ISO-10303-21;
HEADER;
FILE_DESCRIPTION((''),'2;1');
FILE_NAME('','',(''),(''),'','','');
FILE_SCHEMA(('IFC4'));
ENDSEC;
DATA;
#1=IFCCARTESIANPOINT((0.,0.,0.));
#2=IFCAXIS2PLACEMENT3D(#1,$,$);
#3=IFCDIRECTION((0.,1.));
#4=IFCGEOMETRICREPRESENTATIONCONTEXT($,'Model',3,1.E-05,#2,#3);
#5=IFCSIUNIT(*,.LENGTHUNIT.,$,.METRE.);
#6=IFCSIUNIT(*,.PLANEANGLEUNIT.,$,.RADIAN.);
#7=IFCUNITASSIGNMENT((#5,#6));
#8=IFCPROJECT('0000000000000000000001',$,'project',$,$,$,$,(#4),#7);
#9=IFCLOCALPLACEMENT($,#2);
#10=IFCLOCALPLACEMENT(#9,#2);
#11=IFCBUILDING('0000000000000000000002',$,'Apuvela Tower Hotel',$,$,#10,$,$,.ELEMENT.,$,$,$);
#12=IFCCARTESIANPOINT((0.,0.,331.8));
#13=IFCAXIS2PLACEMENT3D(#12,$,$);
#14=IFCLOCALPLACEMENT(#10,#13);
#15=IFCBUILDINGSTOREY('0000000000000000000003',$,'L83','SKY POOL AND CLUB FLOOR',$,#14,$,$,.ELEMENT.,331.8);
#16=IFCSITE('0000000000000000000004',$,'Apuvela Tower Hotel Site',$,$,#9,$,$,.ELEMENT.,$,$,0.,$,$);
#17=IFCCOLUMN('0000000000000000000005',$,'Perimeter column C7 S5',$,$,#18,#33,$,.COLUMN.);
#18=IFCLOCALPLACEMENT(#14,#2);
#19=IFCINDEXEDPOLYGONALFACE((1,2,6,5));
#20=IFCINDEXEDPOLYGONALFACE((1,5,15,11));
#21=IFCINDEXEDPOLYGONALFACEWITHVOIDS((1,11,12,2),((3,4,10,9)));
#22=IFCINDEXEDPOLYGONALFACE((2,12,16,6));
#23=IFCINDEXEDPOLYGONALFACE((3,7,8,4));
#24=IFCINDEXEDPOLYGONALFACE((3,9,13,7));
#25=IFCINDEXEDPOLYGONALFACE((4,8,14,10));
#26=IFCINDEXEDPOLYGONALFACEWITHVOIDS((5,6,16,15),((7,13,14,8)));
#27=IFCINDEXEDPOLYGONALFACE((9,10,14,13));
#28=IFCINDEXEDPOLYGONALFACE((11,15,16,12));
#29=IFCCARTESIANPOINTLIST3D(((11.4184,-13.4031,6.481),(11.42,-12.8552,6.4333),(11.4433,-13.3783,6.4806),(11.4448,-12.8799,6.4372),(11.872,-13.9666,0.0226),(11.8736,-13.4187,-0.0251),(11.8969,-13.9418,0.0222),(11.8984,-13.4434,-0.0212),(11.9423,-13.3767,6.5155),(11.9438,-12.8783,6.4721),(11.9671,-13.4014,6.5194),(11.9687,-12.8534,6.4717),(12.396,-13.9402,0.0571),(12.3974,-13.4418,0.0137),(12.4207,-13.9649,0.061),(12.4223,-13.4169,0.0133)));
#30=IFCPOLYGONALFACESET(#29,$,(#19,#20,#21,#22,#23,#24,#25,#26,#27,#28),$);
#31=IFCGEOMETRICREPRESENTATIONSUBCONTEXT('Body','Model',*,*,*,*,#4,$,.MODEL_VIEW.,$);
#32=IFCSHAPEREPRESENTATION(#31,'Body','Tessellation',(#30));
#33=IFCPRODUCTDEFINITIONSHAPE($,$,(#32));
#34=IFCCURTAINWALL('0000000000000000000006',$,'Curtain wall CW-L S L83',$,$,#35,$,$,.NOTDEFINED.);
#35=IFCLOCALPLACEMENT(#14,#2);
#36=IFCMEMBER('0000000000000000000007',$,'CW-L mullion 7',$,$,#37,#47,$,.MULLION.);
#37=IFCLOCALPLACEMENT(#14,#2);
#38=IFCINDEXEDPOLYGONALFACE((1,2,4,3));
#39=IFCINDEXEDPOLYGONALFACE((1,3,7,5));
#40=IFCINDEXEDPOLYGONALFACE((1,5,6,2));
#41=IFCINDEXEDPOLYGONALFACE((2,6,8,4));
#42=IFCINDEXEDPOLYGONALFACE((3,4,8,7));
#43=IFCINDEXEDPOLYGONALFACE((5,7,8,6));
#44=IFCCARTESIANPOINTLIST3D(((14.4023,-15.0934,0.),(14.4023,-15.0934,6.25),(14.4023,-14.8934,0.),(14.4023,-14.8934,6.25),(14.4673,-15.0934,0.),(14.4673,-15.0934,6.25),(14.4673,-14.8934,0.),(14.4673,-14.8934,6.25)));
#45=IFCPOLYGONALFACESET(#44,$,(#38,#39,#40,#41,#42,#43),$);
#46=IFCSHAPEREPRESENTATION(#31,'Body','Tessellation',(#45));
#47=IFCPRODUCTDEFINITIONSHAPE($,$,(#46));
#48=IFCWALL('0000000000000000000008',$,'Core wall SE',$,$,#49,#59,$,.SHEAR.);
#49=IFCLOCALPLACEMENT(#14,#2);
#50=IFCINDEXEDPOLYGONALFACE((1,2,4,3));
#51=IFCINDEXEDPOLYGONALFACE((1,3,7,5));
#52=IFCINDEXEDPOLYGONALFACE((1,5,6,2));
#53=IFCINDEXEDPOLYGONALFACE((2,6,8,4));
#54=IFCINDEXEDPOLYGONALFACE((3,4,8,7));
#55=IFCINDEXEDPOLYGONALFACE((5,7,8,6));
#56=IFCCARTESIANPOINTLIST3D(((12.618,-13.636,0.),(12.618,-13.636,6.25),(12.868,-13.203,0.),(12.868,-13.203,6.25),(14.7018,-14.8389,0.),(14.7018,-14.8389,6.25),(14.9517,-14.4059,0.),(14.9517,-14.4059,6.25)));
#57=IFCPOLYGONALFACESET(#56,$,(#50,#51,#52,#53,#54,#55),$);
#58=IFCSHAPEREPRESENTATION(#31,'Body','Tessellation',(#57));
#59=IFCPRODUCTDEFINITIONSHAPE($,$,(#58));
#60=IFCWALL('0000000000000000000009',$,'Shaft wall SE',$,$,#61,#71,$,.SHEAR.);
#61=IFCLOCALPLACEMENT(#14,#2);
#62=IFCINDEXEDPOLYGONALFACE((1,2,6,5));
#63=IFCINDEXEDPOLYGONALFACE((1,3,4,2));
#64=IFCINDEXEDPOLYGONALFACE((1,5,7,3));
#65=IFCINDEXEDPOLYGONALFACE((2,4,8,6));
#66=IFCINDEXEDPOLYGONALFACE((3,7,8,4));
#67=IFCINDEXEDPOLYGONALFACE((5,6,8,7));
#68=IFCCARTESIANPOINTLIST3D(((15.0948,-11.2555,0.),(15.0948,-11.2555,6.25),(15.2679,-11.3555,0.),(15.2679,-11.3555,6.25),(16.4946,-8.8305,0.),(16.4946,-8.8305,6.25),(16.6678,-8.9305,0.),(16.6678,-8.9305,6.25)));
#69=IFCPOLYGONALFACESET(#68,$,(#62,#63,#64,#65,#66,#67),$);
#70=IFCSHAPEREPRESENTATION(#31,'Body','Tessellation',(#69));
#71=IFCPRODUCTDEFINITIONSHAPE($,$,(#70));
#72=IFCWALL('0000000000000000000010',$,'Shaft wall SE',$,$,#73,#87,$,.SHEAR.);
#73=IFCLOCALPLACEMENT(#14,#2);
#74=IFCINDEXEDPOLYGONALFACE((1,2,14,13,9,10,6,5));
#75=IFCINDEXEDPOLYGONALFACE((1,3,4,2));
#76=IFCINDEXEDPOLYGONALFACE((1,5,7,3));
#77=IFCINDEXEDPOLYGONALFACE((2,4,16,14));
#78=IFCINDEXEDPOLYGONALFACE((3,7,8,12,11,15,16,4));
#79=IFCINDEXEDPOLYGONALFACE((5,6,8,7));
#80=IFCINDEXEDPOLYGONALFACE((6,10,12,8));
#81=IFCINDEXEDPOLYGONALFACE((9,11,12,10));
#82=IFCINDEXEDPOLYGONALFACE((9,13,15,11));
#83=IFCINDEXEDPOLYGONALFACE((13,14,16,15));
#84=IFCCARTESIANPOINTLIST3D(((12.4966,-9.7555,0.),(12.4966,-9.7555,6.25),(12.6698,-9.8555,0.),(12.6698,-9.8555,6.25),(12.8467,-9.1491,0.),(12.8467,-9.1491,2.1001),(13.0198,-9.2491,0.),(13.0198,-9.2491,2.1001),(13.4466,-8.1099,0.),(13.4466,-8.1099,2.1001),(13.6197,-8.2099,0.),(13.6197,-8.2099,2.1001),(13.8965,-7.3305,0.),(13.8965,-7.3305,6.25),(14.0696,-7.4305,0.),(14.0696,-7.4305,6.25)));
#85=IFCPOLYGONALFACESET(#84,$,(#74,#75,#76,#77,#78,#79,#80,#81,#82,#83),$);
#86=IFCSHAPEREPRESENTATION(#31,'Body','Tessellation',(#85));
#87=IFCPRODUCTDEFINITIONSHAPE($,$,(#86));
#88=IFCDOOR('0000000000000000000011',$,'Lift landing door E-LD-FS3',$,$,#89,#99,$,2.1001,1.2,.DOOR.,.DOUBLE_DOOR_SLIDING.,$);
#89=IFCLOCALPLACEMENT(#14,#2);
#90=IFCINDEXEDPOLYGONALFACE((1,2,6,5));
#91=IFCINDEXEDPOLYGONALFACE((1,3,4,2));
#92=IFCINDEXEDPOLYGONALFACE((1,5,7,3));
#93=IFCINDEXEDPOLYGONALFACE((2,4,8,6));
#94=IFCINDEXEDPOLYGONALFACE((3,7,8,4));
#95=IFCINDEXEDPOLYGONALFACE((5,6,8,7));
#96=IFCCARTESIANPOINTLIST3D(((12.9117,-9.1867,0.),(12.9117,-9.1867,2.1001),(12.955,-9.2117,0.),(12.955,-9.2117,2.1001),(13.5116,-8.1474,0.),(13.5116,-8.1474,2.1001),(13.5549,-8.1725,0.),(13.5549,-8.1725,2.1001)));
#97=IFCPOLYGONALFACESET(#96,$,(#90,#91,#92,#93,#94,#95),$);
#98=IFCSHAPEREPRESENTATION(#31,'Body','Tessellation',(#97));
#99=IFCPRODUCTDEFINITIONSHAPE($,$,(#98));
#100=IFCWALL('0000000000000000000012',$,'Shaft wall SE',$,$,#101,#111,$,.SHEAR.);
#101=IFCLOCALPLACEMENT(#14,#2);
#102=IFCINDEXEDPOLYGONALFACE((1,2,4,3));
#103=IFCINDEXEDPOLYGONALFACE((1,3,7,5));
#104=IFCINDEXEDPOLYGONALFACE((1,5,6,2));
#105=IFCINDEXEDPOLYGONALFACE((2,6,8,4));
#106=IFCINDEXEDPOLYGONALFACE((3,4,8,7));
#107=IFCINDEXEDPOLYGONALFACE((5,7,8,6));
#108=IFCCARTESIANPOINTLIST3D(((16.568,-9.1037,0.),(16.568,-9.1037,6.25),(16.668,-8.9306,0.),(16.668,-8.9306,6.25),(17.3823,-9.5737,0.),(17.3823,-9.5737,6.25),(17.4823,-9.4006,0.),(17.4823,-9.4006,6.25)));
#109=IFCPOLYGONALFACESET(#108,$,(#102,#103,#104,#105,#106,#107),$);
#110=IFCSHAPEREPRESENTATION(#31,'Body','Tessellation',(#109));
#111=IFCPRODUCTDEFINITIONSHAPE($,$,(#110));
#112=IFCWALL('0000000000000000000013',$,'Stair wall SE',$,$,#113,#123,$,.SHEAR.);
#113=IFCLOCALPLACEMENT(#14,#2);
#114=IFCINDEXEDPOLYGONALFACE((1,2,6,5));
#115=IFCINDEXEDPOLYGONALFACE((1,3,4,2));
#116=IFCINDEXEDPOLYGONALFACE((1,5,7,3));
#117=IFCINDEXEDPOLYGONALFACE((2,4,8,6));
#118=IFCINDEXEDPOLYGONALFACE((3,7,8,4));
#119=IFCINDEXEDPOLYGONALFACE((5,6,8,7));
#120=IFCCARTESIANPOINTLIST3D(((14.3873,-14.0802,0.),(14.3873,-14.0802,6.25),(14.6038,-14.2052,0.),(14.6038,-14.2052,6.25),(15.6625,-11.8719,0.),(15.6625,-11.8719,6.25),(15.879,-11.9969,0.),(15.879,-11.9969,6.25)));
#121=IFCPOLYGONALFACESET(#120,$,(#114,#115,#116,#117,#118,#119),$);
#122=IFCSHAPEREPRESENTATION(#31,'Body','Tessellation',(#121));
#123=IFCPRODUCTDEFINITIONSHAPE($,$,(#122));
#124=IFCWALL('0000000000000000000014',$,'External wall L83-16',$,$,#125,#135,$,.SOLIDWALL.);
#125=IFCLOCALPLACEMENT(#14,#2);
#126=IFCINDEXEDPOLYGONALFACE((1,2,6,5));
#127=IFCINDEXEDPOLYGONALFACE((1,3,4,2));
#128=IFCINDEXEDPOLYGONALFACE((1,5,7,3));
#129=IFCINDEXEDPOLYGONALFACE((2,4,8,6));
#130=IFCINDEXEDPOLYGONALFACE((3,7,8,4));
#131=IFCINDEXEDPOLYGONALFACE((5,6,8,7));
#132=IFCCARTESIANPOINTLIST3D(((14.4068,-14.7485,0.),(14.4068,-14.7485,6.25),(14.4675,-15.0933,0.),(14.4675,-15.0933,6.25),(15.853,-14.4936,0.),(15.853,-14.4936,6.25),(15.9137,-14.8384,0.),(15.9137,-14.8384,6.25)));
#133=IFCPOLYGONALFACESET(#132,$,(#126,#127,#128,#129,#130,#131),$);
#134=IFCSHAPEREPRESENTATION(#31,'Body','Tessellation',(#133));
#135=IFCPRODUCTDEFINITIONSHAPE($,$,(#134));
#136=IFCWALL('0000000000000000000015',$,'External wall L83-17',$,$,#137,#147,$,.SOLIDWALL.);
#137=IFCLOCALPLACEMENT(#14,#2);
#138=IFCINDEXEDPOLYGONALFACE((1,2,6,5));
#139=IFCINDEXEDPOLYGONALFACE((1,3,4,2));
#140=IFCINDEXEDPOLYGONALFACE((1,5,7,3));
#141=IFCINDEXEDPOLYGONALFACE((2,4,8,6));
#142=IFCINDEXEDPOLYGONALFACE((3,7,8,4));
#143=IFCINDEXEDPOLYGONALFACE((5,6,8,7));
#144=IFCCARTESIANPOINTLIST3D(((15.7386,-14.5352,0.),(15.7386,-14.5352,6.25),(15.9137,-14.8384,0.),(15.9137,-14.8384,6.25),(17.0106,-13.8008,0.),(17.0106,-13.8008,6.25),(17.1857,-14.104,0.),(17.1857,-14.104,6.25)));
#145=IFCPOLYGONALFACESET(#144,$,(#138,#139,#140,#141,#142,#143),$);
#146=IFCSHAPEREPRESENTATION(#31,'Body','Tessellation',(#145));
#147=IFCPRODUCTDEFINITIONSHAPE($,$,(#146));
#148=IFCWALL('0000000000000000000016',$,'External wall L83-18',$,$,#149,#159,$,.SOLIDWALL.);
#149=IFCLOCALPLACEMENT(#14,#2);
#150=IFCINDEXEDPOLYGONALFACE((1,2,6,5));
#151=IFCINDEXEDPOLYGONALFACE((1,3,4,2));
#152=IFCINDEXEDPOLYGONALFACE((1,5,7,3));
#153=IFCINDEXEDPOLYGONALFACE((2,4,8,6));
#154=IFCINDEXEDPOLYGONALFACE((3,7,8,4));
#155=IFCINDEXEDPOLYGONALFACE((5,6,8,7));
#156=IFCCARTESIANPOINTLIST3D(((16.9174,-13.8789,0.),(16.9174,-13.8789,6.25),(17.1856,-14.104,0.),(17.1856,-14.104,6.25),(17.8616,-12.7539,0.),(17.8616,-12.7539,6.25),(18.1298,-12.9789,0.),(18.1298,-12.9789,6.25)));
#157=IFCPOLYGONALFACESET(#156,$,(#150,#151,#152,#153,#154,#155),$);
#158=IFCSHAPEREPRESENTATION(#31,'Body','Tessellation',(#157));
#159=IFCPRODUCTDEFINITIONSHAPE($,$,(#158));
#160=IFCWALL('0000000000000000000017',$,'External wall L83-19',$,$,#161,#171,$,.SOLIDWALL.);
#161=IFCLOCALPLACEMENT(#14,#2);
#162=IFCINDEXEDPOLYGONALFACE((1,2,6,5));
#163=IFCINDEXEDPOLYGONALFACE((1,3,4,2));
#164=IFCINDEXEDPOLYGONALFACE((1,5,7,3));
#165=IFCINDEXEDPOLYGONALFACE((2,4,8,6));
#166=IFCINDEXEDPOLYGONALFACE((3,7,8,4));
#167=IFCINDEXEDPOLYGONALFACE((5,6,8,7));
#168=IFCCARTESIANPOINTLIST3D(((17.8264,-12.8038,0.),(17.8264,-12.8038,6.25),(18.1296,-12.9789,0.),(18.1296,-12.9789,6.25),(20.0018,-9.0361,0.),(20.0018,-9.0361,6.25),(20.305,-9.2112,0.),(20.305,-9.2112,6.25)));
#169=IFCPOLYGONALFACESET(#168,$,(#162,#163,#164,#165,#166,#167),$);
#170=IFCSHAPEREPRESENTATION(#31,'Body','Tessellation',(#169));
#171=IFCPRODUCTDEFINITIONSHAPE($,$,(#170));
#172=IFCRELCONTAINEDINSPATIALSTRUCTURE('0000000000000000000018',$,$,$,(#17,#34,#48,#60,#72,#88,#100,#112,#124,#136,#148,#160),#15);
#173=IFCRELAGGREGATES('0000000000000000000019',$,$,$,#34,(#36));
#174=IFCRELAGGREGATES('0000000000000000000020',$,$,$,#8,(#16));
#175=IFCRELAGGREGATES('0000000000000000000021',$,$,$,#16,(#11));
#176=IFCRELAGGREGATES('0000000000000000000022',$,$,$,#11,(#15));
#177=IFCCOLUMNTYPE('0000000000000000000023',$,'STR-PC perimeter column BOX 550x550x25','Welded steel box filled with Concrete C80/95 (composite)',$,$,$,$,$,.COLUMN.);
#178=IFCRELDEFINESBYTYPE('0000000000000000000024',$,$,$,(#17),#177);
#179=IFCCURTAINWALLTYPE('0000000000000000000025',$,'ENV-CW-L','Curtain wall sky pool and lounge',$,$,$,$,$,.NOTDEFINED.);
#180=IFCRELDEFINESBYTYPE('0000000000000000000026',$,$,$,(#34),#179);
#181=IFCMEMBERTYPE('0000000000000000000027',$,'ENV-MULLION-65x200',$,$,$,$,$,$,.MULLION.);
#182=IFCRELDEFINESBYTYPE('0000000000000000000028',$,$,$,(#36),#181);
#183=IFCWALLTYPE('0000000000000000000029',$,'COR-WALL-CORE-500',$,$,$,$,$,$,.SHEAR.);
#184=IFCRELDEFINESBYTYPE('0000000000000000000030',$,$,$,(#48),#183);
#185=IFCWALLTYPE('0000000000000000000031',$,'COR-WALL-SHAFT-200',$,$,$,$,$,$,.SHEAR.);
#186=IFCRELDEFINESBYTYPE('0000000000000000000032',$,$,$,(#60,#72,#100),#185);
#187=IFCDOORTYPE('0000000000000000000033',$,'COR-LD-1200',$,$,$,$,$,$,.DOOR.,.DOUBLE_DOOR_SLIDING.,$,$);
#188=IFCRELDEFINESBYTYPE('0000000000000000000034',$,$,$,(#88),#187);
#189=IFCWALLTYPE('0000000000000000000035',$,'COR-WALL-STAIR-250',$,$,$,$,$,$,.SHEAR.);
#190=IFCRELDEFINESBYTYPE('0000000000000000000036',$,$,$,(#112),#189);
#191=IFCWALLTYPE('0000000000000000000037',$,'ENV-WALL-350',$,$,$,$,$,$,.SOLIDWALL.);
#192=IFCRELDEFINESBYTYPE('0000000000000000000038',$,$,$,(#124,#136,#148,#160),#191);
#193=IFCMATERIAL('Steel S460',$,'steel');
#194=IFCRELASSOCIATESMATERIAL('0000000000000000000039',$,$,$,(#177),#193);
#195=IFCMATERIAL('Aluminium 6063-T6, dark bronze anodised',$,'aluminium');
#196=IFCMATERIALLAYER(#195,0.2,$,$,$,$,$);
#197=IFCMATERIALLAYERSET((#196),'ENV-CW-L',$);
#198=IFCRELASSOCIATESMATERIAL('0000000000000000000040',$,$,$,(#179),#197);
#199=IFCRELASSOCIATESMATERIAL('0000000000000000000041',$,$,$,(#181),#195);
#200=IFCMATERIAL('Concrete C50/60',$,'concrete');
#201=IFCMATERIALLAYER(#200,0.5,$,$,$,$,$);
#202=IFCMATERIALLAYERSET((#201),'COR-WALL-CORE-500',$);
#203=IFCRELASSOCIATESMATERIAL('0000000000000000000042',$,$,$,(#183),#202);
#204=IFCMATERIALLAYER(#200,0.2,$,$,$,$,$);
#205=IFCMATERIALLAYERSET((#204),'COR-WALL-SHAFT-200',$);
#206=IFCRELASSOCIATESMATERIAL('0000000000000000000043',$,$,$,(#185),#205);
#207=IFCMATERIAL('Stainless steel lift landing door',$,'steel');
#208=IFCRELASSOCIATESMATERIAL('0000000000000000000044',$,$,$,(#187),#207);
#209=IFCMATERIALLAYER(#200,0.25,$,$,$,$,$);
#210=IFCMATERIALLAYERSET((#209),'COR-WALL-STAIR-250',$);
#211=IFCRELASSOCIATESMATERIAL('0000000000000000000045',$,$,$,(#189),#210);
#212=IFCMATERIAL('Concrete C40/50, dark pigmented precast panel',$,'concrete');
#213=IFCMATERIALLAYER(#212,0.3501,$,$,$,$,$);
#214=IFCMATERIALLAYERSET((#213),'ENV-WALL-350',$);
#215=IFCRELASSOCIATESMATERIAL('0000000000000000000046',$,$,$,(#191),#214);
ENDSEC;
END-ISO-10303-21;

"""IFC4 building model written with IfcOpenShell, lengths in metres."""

from ifc_helpers import new_model, si_unit, direction, frame, frame_2d, origin, origin_2d, place, context, subcontext, project, spatial, rectangle, hollow_rectangle, extrude, boolean, halfspace, material, layer, layer_set, material_profile, profile_set, type_object, element, fill, aggregate, save


model = new_model("IFC4")

# Units and contexts
model_context = context("Model", 3, precision=1e-05, world=origin(), true_north=direction((0.0, 1.0)))
body_context = subcontext(model_context, "Body", "Model", "MODEL_VIEW")
ifc_project = project(units=[si_unit("LENGTHUNIT", "METRE"), si_unit("PLANEANGLEUNIT", "RADIAN")], contexts=[model_context])

# Site, building, storey
site_placement = place(None, origin())
site = spatial("IfcSite", under=ifc_project, at=site_placement, Name="Apuvela Tower Hotel Site", CompositionType="ELEMENT", RefElevation=0.0)
building_placement = place(site_placement, origin())
building = spatial("IfcBuilding", under=site, at=building_placement, Name="Apuvela Tower Hotel", CompositionType="ELEMENT")
storey_placement = place(building_placement, frame((0.0, 0.0, 331.8)))
storey = spatial("IfcBuildingStorey", under=building, at=storey_placement, Name="L83", Description="SKY POOL AND CLUB FLOOR", CompositionType="ELEMENT", Elevation=331.8)

# Column
ifc_material_1 = material(Name="Steel S460", Category="steel")
ifc_material_2 = material(Name="Concrete C80/95", Category="concrete")
ifc_material_profile_1 = material_profile(ifc_material_1, hollow_rectangle(XDim=0.55, YDim=0.55, WallThickness=0.0249, at=origin_2d()), Name="BOX 550x550x25")
ifc_material_profile_2 = material_profile(ifc_material_2, rectangle(XDim=0.5, YDim=0.5, at=origin_2d()), Name="Concrete C80/95 infill")
ifc_profile_set_1 = profile_set([ifc_material_profile_1, ifc_material_profile_2], Name="Steel S460")
column_type_1 = type_object("IfcColumnType", Name="STR-PC perimeter column BOX 550x550x25", Description="Welded steel box filled with Concrete C80/95 (composite)", PredefinedType="COLUMN", material=ifc_profile_set_1)
column_1_placement = place(storey_placement, frame((12.1484, -13.6934, 0.0), z_axis=(-0.069801, 0.08671, 0.993785), x_axis=(0.997557, 0.003155, 0.069791)))
element("IfcColumn", 1, at=column_1_placement, inside=storey, type_object=column_type_1, Name="Perimeter column C7 S5", PredefinedType="COLUMN", context=body_context, shape_type="SweptSolid", body=[
    boolean("DIFFERENCE", boolean("DIFFERENCE", extrude(hollow_rectangle(XDim=0.55, YDim=0.55, WallThickness=0.0249, at=origin_2d()), origin(), (0.0, 0.0, 1.0), 6.5405), halfspace(frame((0.0, 0.0, 0.0181), z_axis=(0.0, 0.0, 1.0), x_axis=(1.0, 0.0, 0.0)), True)), halfspace(frame((0.0, 0.0, 6.5168), z_axis=(0.0, 0.0, 1.0), x_axis=(1.0, 0.0, 0.0)), False)),
])

# Curtain wall, member
ifc_material_3 = material(Name="Aluminium 6063-T6, dark bronze anodised", Category="aluminium")
ifc_layer_1 = layer(ifc_material_3, 0.2)
ifc_layer_set_1 = layer_set([ifc_layer_1], Name="ENV-CW-L")
curtain_wall_type = type_object("IfcCurtainWallType", Name="ENV-CW-L", Description="Curtain wall sky pool and lounge", PredefinedType="NOTDEFINED", material=ifc_layer_set_1)
curtain_wall_placement = place(storey_placement, origin())
curtain_wall = element("IfcCurtainWall", 2, at=curtain_wall_placement, inside=storey, type_object=curtain_wall_type, Name="Curtain wall CW-L S L83", PredefinedType="NOTDEFINED")
ifc_material_profile_3 = material_profile(ifc_material_3, rectangle(XDim=0.2, YDim=0.0649, at=origin_2d()), Name="AL 65x200")
ifc_profile_set_2 = profile_set([ifc_material_profile_3], Name="Aluminium 6063-T6, dark bronze anodised")
member_type = type_object("IfcMemberType", Name="ENV-MULLION-65x200", PredefinedType="MULLION", material=ifc_profile_set_2)
member_placement = place(storey_placement, frame((14.4348, -14.9934, 0.0), z_axis=(0.0, 0.0, 1.0), x_axis=(0.0, 1.0, 0.0)))
member = element("IfcMember", 3, at=member_placement, type_object=member_type, Name="CW-L mullion 7", PredefinedType="MULLION", context=body_context, shape_type="SweptSolid", body=[
    extrude(rectangle(XDim=0.2, YDim=0.0649, at=origin_2d()), origin(), (0.0, 0.0, 1.0), 6.25),
])
aggregate(curtain_wall, [member])

# Walls
ifc_material_4 = material(Name="Concrete C50/60", Category="concrete")
ifc_layer_2 = layer(ifc_material_4, 0.5)
ifc_layer_set_2 = layer_set([ifc_layer_2], Name="COR-WALL-CORE-500")
wall_type_1 = type_object("IfcWallType", Name="COR-WALL-CORE-500", PredefinedType="SHEAR", material=ifc_layer_set_2)
wall_1_placement = place(storey_placement, frame((12.7429, -13.4194, 0.0), z_axis=(0.0, 0.0, 1.0), x_axis=(0.866055, -0.499948, 0.0)))
element("IfcWall", 4, at=wall_1_placement, inside=storey, type_object=wall_type_1, Name="Core wall SE", PredefinedType="SHEAR", context=body_context, shape_type="SweptSolid", body=[
    extrude(rectangle(XDim=2.406, YDim=0.5, at=frame_2d((1.2031, 0.0))), origin(), (0.0, 0.0, 1.0), 6.25),
])
ifc_layer_3 = layer(ifc_material_4, 0.2)
ifc_layer_set_3 = layer_set([ifc_layer_3], Name="COR-WALL-SHAFT-200")
wall_type_2 = type_object("IfcWallType", Name="COR-WALL-SHAFT-200", PredefinedType="SHEAR", material=ifc_layer_set_3)
wall_2_placement = place(storey_placement, frame((15.1814, -11.3054, 0.0), z_axis=(0.0, 0.0, 1.0), x_axis=(0.499946, 0.866056, 0.0)))
element("IfcWall", 5, at=wall_2_placement, inside=storey, type_object=wall_type_2, Name="Shaft wall SE", PredefinedType="SHEAR", context=body_context, shape_type="SweptSolid", body=[
    extrude(rectangle(XDim=2.8, YDim=0.2, at=frame_2d((1.3999, 0.0))), origin(), (0.0, 0.0, 1.0), 6.25),
])

# Wall, opening, door
wall_3_placement = place(storey_placement, frame((12.5833, -9.8054, 0.0), z_axis=(0.0, 0.0, 1.0), x_axis=(0.499946, 0.866056, 0.0)))
wall_3 = element("IfcWall", 6, at=wall_3_placement, inside=storey, type_object=wall_type_2, Name="Shaft wall SE", PredefinedType="SHEAR", context=body_context, shape_type="SweptSolid", body=[
    extrude(rectangle(XDim=2.8, YDim=0.2, at=frame_2d((1.3999, 0.0))), origin(), (0.0, 0.0, 1.0), 6.25),
])
opening_placement = place(wall_3_placement, frame((0.7, 0.0, 0.0)))
opening = element("IfcOpeningElement", 7, at=opening_placement, cuts=wall_3, PredefinedType="OPENING", context=body_context, shape_type="SweptSolid", body=[
    extrude(rectangle(XDim=1.2, YDim=2.1001, at=frame_2d((0.6001, 1.05))), frame((0.0, 0.1099, 0.0), z_axis=(0.0, -1.0, 0.0), x_axis=(1.0, 0.0, 0.0)), (0.0, 0.0, 1.0), 0.22),
])
ifc_material_5 = material(Name="Stainless steel lift landing door", Category="steel")
door_type = type_object("IfcDoorType", Name="COR-LD-1200", OperationType="DOUBLE_DOOR_SLIDING", PredefinedType="DOOR", material=ifc_material_5)
door_placement = place(opening_placement, origin())
door = element("IfcDoor", 8, at=door_placement, inside=storey, type_object=door_type, Name="Lift landing door E-LD-FS3", OperationType="DOUBLE_DOOR_SLIDING", OverallHeight=2.1001, OverallWidth=1.2, PredefinedType="DOOR", context=body_context, shape_type="SweptSolid", body=[
    extrude(rectangle(XDim=1.2, YDim=2.1001, at=frame_2d((0.6001, 1.05))), frame((0.0, 0.0249, 0.0), z_axis=(0.0, -1.0, 0.0), x_axis=(1.0, 0.0, 0.0)), (0.0, 0.0, 1.0), 0.05),
])
fill(opening, door)

# Walls
wall_4_placement = place(storey_placement, frame((16.6179, -9.0171, 0.0), z_axis=(0.0, 0.0, 1.0), x_axis=(0.866077, -0.49991, 0.0)))
element("IfcWall", 9, at=wall_4_placement, inside=storey, type_object=wall_type_2, Name="Shaft wall SE", PredefinedType="SHEAR", context=body_context, shape_type="SweptSolid", body=[
    extrude(rectangle(XDim=0.9402, YDim=0.2, at=frame_2d((0.4702, 0.0))), origin(), (0.0, 0.0, 1.0), 6.25),
])
ifc_layer_4 = layer(ifc_material_4, 0.25)
ifc_layer_set_4 = layer_set([ifc_layer_4], Name="COR-WALL-STAIR-250")
wall_type_3 = type_object("IfcWallType", Name="COR-WALL-STAIR-250", PredefinedType="SHEAR", material=ifc_layer_set_4)
wall_5_placement = place(storey_placement, frame((14.4956, -14.1426, 0.0), z_axis=(0.0, 0.0, 1.0), x_axis=(0.500062, 0.865989, 0.0)))
element("IfcWall", 10, at=wall_5_placement, inside=storey, type_object=wall_type_3, Name="Stair wall SE", PredefinedType="SHEAR", context=body_context, shape_type="SweptSolid", body=[
    extrude(rectangle(XDim=2.55, YDim=0.25, at=frame_2d((1.2749, 0.0))), origin(), (0.0, 0.0, 1.0), 6.25),
])
ifc_material_6 = material(Name="Concrete C40/50, dark pigmented precast panel", Category="concrete")
ifc_layer_5 = layer(ifc_material_6, 0.3501)
ifc_layer_set_5 = layer_set([ifc_layer_5], Name="ENV-WALL-350")
wall_type_4 = type_object("IfcWallType", Name="ENV-WALL-350", PredefinedType="SOLIDWALL", material=ifc_layer_set_5)
wall_6_placement = place(storey_placement, frame((14.437, -14.9209, 0.0), z_axis=(0.0, 0.0, 1.0), x_axis=(0.984824, 0.173558, 0.0)))
element("IfcWall", 11, at=wall_6_placement, inside=storey, type_object=wall_type_4, Name="External wall L83-16", PredefinedType="SOLIDWALL", context=body_context, shape_type="SweptSolid", body=[
    extrude(rectangle(XDim=1.4685, YDim=0.3501, at=frame_2d((0.7344, 0.0))), origin(), (0.0, 0.0, 1.0), 6.25),
])
for number, where, z_axis, x_axis, name in (
    (12, (15.8262, -14.6868, 0.0), (0.0, 0.0, 1.0), (0.866025, 0.500001, 0.0), "External wall L83-17"),
    (13, (17.0515, -13.9915, 0.0), (0.0, 0.0, 1.0), (0.642829, 0.766009, 0.0), "External wall L83-18"),
):
    element("IfcWall", number, at=place(storey_placement, frame(where, z_axis=z_axis, x_axis=x_axis)), inside=storey, type_object=wall_type_4, Name=name, PredefinedType="SOLIDWALL", context=body_context, shape_type="SweptSolid", body=[
        extrude(rectangle(XDim=1.4688, YDim=0.3501, at=frame_2d((0.7344, 0.0))), origin(), (0.0, 0.0, 1.0), 6.25),
    ])
wall_7_placement = place(storey_placement, frame((17.978, -12.8914, 0.0), z_axis=(0.0, 0.0, 1.0), x_axis=(0.500014, 0.866017, 0.0)))
element("IfcWall", 14, at=wall_7_placement, inside=storey, type_object=wall_type_4, Name="External wall L83-19", PredefinedType="SOLIDWALL", context=body_context, shape_type="SweptSolid", body=[
    extrude(rectangle(XDim=4.3506, YDim=0.3501, at=frame_2d((2.1753, 0.0))), origin(), (0.0, 0.0, 1.0), 6.25),
])

save(model, "model.ifc")
